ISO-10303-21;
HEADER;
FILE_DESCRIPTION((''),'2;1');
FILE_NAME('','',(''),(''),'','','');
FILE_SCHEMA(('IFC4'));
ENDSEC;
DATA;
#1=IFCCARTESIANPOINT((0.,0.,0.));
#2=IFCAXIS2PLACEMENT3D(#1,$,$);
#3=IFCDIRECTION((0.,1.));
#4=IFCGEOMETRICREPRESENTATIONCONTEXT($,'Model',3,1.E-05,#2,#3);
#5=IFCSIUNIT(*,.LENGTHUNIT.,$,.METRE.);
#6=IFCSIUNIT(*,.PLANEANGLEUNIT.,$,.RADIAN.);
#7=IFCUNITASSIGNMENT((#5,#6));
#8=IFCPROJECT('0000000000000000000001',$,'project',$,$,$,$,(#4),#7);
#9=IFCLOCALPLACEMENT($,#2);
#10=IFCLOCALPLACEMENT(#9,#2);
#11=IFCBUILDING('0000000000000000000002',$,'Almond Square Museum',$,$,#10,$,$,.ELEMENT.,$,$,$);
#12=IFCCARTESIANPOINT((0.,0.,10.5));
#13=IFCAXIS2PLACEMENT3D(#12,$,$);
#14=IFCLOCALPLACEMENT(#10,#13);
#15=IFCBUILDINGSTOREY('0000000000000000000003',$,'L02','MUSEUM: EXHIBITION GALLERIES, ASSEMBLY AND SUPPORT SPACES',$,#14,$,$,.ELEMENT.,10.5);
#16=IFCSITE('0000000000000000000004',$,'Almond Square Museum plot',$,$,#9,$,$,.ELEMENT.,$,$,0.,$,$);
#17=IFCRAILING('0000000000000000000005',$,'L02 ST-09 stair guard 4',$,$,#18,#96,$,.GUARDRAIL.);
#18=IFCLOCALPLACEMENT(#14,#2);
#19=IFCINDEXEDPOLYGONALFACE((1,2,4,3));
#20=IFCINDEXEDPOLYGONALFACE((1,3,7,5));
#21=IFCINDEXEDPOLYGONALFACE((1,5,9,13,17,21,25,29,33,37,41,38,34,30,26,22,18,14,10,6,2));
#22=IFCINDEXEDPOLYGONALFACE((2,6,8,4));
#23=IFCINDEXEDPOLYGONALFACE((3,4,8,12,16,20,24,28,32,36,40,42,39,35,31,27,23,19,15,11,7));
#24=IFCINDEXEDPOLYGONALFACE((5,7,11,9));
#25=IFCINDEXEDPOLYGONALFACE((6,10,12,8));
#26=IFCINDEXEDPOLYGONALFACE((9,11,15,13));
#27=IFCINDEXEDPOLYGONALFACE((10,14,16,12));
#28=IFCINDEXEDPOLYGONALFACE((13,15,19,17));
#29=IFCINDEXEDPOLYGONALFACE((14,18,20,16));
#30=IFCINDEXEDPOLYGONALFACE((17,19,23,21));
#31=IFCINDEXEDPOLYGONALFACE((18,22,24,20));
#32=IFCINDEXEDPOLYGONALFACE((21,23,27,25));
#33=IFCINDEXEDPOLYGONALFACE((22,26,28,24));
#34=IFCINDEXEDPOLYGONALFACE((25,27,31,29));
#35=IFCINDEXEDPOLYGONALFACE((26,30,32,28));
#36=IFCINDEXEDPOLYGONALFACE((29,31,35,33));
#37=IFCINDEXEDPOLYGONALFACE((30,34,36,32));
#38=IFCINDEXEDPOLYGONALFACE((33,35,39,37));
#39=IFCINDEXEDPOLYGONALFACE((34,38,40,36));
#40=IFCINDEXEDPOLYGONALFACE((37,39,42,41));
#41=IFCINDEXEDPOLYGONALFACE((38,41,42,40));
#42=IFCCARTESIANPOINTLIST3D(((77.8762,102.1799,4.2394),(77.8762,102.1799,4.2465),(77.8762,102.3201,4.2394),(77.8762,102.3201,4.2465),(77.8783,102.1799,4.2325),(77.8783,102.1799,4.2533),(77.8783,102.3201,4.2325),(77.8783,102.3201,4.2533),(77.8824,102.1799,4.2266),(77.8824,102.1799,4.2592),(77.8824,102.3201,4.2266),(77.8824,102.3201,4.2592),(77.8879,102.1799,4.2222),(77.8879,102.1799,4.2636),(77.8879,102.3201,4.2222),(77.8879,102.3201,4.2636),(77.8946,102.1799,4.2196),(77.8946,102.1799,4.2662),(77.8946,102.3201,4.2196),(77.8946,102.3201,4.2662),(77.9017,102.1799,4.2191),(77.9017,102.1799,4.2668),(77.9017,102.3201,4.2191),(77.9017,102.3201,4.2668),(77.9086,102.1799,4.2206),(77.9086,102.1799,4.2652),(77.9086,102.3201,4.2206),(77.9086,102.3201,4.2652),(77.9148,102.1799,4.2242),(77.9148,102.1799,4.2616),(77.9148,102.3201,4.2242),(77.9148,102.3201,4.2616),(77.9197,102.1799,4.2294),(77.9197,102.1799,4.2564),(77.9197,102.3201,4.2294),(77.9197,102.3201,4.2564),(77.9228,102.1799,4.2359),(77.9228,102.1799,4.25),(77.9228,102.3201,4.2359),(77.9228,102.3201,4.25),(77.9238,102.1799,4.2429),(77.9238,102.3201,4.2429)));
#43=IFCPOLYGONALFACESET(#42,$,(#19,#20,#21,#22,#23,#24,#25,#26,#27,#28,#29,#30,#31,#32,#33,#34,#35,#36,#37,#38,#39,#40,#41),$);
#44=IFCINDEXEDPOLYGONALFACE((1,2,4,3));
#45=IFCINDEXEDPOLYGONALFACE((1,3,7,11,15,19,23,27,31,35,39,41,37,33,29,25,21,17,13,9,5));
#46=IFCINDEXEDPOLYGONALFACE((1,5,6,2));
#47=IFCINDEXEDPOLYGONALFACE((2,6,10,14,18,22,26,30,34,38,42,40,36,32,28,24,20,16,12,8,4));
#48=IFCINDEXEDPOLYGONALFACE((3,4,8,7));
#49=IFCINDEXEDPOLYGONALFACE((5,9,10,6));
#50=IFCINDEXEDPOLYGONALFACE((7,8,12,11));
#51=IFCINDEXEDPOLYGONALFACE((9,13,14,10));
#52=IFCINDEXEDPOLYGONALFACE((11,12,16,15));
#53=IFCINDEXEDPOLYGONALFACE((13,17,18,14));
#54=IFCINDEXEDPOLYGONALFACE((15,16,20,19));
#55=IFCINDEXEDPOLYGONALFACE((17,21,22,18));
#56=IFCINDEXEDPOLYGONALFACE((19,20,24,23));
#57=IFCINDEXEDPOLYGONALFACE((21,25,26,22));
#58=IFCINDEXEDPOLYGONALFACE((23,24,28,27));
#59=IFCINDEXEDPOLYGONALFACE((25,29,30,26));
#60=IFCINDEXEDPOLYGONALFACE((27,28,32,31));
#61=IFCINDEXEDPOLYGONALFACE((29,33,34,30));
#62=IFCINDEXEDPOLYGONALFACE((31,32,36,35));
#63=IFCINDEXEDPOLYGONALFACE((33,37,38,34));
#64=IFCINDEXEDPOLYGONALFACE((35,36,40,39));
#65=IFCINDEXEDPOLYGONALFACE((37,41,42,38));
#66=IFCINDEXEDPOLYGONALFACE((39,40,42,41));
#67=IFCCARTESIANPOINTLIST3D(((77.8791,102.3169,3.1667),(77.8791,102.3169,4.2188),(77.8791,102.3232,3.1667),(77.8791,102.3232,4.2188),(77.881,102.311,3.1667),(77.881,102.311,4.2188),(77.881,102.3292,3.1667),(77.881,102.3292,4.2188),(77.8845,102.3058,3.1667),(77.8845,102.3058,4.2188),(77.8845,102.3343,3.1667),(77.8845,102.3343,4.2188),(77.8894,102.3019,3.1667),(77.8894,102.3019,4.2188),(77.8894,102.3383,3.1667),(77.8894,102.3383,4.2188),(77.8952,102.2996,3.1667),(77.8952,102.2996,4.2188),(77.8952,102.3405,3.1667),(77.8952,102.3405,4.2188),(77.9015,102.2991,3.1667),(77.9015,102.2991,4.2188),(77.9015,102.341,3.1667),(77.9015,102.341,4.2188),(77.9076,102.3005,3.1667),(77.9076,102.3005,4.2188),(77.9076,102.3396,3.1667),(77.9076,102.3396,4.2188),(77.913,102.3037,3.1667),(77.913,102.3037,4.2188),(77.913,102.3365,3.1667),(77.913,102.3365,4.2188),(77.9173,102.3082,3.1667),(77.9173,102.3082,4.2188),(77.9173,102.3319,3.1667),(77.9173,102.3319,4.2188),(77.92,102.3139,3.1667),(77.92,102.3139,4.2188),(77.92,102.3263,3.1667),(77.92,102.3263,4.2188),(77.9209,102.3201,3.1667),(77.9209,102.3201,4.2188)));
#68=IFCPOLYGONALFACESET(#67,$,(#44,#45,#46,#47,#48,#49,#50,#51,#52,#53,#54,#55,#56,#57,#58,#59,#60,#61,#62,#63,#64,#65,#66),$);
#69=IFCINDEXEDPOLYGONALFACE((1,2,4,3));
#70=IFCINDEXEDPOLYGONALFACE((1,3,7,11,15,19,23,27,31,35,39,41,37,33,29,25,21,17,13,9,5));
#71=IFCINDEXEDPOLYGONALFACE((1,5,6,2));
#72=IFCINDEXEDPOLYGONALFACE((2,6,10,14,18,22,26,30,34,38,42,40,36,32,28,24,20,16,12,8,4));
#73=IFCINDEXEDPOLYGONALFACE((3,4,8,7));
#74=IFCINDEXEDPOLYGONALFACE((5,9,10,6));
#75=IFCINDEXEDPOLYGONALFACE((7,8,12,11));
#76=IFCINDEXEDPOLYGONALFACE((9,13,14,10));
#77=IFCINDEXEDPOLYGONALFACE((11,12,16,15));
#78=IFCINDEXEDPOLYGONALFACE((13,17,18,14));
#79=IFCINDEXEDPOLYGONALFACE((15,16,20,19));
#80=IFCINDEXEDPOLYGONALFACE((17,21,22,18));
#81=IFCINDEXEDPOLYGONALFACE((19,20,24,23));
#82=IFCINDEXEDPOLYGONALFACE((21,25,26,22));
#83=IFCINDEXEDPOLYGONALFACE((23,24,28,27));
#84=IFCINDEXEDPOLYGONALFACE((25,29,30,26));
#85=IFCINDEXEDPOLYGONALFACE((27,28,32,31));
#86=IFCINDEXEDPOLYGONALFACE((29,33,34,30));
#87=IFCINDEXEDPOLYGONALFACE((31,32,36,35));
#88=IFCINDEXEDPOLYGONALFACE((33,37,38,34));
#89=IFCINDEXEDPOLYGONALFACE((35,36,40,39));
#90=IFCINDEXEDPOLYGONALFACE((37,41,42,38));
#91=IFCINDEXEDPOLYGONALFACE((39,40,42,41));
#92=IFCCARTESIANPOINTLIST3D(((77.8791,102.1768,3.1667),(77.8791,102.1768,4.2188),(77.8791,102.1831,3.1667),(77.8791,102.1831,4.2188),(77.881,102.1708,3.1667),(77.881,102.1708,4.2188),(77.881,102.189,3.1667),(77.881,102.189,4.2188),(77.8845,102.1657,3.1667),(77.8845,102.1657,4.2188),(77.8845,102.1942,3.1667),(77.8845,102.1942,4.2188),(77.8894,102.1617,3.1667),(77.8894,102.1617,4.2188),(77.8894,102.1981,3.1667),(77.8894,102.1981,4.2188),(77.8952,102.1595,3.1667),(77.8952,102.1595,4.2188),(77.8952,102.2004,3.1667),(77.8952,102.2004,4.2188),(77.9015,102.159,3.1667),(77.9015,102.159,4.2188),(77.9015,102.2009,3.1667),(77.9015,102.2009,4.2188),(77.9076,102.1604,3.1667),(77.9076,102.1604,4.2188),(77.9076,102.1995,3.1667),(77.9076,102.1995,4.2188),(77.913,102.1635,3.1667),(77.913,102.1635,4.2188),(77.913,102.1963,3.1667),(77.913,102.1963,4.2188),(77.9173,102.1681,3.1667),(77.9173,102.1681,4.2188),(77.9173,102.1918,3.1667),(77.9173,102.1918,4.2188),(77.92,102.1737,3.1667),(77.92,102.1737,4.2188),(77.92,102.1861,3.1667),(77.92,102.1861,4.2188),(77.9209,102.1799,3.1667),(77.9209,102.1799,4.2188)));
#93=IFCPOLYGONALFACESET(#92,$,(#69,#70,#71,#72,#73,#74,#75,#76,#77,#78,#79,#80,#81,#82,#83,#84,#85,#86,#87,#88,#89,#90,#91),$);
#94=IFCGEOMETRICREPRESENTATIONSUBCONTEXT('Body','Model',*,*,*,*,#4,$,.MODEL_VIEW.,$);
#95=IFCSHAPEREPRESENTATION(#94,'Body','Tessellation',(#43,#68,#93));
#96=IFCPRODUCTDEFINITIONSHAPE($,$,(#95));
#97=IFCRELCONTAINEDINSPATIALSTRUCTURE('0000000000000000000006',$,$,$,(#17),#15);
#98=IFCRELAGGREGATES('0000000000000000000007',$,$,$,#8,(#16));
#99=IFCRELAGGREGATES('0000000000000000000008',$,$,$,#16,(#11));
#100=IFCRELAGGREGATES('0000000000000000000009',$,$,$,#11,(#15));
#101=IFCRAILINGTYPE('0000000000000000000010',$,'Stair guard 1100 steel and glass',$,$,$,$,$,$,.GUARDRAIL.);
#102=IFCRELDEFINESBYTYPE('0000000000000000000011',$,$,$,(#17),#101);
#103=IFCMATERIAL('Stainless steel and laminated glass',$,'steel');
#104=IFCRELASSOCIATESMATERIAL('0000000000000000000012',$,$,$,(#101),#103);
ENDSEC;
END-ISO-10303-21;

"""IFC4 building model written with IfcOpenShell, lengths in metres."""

from ifc_helpers import new_model, si_unit, direction, frame, origin, origin_2d, place, context, subcontext, project, spatial, circle, extrude, material, type_object, element, save


model = new_model("IFC4")

# Units and contexts
model_context = context("Model", 3, precision=1e-05, world=origin(), true_north=direction((0.0, 1.0)))
body_context = subcontext(model_context, "Body", "Model", "MODEL_VIEW")
ifc_project = project(units=[si_unit("LENGTHUNIT", "METRE"), si_unit("PLANEANGLEUNIT", "RADIAN")], contexts=[model_context])

# Site, building, storey
site_placement = place(None, origin())
site = spatial("IfcSite", under=ifc_project, at=site_placement, Name="Almond Square Museum plot", CompositionType="ELEMENT", RefElevation=0.0)
building_placement = place(site_placement, origin())
building = spatial("IfcBuilding", under=site, at=building_placement, Name="Almond Square Museum", CompositionType="ELEMENT")
storey_placement = place(building_placement, frame((0.0, 0.0, 10.5)))
storey = spatial("IfcBuildingStorey", under=building, at=storey_placement, Name="L02", Description="MUSEUM: EXHIBITION GALLERIES, ASSEMBLY AND SUPPORT SPACES", CompositionType="ELEMENT", Elevation=10.5)

# Railing
ifc_material_1 = material(Name="Stainless steel and laminated glass", Category="steel")
railing_type_1 = type_object("IfcRailingType", Name="Stair guard 1100 steel and glass", PredefinedType="GUARDRAIL", material=ifc_material_1)
railing_1_placement = place(storey_placement, frame((77.8999, 102.3201, 3.1667)))
element("IfcRailing", 1, at=railing_1_placement, inside=storey, type_object=railing_type_1, Name="L02 ST-09 stair guard 4", PredefinedType="GUARDRAIL", context=body_context, shape_type="SweptSolid", body=[
    extrude(circle(Radius=0.0239, at=origin_2d()), frame((0.0, 0.0, 1.0762), z_axis=(0.0, -1.0, 0.0), x_axis=(1.0, 0.0, 0.0)), (0.0, 0.0, 1.0), 0.1401),
    extrude(circle(Radius=0.021, at=origin_2d()), origin(), (0.0, 0.0, 1.0), 1.052),
    extrude(circle(Radius=0.021, at=origin_2d()), frame((0.0, -0.1401, 0.0)), (0.0, 0.0, 1.0), 1.052),
])

save(model, "model.ifc")
